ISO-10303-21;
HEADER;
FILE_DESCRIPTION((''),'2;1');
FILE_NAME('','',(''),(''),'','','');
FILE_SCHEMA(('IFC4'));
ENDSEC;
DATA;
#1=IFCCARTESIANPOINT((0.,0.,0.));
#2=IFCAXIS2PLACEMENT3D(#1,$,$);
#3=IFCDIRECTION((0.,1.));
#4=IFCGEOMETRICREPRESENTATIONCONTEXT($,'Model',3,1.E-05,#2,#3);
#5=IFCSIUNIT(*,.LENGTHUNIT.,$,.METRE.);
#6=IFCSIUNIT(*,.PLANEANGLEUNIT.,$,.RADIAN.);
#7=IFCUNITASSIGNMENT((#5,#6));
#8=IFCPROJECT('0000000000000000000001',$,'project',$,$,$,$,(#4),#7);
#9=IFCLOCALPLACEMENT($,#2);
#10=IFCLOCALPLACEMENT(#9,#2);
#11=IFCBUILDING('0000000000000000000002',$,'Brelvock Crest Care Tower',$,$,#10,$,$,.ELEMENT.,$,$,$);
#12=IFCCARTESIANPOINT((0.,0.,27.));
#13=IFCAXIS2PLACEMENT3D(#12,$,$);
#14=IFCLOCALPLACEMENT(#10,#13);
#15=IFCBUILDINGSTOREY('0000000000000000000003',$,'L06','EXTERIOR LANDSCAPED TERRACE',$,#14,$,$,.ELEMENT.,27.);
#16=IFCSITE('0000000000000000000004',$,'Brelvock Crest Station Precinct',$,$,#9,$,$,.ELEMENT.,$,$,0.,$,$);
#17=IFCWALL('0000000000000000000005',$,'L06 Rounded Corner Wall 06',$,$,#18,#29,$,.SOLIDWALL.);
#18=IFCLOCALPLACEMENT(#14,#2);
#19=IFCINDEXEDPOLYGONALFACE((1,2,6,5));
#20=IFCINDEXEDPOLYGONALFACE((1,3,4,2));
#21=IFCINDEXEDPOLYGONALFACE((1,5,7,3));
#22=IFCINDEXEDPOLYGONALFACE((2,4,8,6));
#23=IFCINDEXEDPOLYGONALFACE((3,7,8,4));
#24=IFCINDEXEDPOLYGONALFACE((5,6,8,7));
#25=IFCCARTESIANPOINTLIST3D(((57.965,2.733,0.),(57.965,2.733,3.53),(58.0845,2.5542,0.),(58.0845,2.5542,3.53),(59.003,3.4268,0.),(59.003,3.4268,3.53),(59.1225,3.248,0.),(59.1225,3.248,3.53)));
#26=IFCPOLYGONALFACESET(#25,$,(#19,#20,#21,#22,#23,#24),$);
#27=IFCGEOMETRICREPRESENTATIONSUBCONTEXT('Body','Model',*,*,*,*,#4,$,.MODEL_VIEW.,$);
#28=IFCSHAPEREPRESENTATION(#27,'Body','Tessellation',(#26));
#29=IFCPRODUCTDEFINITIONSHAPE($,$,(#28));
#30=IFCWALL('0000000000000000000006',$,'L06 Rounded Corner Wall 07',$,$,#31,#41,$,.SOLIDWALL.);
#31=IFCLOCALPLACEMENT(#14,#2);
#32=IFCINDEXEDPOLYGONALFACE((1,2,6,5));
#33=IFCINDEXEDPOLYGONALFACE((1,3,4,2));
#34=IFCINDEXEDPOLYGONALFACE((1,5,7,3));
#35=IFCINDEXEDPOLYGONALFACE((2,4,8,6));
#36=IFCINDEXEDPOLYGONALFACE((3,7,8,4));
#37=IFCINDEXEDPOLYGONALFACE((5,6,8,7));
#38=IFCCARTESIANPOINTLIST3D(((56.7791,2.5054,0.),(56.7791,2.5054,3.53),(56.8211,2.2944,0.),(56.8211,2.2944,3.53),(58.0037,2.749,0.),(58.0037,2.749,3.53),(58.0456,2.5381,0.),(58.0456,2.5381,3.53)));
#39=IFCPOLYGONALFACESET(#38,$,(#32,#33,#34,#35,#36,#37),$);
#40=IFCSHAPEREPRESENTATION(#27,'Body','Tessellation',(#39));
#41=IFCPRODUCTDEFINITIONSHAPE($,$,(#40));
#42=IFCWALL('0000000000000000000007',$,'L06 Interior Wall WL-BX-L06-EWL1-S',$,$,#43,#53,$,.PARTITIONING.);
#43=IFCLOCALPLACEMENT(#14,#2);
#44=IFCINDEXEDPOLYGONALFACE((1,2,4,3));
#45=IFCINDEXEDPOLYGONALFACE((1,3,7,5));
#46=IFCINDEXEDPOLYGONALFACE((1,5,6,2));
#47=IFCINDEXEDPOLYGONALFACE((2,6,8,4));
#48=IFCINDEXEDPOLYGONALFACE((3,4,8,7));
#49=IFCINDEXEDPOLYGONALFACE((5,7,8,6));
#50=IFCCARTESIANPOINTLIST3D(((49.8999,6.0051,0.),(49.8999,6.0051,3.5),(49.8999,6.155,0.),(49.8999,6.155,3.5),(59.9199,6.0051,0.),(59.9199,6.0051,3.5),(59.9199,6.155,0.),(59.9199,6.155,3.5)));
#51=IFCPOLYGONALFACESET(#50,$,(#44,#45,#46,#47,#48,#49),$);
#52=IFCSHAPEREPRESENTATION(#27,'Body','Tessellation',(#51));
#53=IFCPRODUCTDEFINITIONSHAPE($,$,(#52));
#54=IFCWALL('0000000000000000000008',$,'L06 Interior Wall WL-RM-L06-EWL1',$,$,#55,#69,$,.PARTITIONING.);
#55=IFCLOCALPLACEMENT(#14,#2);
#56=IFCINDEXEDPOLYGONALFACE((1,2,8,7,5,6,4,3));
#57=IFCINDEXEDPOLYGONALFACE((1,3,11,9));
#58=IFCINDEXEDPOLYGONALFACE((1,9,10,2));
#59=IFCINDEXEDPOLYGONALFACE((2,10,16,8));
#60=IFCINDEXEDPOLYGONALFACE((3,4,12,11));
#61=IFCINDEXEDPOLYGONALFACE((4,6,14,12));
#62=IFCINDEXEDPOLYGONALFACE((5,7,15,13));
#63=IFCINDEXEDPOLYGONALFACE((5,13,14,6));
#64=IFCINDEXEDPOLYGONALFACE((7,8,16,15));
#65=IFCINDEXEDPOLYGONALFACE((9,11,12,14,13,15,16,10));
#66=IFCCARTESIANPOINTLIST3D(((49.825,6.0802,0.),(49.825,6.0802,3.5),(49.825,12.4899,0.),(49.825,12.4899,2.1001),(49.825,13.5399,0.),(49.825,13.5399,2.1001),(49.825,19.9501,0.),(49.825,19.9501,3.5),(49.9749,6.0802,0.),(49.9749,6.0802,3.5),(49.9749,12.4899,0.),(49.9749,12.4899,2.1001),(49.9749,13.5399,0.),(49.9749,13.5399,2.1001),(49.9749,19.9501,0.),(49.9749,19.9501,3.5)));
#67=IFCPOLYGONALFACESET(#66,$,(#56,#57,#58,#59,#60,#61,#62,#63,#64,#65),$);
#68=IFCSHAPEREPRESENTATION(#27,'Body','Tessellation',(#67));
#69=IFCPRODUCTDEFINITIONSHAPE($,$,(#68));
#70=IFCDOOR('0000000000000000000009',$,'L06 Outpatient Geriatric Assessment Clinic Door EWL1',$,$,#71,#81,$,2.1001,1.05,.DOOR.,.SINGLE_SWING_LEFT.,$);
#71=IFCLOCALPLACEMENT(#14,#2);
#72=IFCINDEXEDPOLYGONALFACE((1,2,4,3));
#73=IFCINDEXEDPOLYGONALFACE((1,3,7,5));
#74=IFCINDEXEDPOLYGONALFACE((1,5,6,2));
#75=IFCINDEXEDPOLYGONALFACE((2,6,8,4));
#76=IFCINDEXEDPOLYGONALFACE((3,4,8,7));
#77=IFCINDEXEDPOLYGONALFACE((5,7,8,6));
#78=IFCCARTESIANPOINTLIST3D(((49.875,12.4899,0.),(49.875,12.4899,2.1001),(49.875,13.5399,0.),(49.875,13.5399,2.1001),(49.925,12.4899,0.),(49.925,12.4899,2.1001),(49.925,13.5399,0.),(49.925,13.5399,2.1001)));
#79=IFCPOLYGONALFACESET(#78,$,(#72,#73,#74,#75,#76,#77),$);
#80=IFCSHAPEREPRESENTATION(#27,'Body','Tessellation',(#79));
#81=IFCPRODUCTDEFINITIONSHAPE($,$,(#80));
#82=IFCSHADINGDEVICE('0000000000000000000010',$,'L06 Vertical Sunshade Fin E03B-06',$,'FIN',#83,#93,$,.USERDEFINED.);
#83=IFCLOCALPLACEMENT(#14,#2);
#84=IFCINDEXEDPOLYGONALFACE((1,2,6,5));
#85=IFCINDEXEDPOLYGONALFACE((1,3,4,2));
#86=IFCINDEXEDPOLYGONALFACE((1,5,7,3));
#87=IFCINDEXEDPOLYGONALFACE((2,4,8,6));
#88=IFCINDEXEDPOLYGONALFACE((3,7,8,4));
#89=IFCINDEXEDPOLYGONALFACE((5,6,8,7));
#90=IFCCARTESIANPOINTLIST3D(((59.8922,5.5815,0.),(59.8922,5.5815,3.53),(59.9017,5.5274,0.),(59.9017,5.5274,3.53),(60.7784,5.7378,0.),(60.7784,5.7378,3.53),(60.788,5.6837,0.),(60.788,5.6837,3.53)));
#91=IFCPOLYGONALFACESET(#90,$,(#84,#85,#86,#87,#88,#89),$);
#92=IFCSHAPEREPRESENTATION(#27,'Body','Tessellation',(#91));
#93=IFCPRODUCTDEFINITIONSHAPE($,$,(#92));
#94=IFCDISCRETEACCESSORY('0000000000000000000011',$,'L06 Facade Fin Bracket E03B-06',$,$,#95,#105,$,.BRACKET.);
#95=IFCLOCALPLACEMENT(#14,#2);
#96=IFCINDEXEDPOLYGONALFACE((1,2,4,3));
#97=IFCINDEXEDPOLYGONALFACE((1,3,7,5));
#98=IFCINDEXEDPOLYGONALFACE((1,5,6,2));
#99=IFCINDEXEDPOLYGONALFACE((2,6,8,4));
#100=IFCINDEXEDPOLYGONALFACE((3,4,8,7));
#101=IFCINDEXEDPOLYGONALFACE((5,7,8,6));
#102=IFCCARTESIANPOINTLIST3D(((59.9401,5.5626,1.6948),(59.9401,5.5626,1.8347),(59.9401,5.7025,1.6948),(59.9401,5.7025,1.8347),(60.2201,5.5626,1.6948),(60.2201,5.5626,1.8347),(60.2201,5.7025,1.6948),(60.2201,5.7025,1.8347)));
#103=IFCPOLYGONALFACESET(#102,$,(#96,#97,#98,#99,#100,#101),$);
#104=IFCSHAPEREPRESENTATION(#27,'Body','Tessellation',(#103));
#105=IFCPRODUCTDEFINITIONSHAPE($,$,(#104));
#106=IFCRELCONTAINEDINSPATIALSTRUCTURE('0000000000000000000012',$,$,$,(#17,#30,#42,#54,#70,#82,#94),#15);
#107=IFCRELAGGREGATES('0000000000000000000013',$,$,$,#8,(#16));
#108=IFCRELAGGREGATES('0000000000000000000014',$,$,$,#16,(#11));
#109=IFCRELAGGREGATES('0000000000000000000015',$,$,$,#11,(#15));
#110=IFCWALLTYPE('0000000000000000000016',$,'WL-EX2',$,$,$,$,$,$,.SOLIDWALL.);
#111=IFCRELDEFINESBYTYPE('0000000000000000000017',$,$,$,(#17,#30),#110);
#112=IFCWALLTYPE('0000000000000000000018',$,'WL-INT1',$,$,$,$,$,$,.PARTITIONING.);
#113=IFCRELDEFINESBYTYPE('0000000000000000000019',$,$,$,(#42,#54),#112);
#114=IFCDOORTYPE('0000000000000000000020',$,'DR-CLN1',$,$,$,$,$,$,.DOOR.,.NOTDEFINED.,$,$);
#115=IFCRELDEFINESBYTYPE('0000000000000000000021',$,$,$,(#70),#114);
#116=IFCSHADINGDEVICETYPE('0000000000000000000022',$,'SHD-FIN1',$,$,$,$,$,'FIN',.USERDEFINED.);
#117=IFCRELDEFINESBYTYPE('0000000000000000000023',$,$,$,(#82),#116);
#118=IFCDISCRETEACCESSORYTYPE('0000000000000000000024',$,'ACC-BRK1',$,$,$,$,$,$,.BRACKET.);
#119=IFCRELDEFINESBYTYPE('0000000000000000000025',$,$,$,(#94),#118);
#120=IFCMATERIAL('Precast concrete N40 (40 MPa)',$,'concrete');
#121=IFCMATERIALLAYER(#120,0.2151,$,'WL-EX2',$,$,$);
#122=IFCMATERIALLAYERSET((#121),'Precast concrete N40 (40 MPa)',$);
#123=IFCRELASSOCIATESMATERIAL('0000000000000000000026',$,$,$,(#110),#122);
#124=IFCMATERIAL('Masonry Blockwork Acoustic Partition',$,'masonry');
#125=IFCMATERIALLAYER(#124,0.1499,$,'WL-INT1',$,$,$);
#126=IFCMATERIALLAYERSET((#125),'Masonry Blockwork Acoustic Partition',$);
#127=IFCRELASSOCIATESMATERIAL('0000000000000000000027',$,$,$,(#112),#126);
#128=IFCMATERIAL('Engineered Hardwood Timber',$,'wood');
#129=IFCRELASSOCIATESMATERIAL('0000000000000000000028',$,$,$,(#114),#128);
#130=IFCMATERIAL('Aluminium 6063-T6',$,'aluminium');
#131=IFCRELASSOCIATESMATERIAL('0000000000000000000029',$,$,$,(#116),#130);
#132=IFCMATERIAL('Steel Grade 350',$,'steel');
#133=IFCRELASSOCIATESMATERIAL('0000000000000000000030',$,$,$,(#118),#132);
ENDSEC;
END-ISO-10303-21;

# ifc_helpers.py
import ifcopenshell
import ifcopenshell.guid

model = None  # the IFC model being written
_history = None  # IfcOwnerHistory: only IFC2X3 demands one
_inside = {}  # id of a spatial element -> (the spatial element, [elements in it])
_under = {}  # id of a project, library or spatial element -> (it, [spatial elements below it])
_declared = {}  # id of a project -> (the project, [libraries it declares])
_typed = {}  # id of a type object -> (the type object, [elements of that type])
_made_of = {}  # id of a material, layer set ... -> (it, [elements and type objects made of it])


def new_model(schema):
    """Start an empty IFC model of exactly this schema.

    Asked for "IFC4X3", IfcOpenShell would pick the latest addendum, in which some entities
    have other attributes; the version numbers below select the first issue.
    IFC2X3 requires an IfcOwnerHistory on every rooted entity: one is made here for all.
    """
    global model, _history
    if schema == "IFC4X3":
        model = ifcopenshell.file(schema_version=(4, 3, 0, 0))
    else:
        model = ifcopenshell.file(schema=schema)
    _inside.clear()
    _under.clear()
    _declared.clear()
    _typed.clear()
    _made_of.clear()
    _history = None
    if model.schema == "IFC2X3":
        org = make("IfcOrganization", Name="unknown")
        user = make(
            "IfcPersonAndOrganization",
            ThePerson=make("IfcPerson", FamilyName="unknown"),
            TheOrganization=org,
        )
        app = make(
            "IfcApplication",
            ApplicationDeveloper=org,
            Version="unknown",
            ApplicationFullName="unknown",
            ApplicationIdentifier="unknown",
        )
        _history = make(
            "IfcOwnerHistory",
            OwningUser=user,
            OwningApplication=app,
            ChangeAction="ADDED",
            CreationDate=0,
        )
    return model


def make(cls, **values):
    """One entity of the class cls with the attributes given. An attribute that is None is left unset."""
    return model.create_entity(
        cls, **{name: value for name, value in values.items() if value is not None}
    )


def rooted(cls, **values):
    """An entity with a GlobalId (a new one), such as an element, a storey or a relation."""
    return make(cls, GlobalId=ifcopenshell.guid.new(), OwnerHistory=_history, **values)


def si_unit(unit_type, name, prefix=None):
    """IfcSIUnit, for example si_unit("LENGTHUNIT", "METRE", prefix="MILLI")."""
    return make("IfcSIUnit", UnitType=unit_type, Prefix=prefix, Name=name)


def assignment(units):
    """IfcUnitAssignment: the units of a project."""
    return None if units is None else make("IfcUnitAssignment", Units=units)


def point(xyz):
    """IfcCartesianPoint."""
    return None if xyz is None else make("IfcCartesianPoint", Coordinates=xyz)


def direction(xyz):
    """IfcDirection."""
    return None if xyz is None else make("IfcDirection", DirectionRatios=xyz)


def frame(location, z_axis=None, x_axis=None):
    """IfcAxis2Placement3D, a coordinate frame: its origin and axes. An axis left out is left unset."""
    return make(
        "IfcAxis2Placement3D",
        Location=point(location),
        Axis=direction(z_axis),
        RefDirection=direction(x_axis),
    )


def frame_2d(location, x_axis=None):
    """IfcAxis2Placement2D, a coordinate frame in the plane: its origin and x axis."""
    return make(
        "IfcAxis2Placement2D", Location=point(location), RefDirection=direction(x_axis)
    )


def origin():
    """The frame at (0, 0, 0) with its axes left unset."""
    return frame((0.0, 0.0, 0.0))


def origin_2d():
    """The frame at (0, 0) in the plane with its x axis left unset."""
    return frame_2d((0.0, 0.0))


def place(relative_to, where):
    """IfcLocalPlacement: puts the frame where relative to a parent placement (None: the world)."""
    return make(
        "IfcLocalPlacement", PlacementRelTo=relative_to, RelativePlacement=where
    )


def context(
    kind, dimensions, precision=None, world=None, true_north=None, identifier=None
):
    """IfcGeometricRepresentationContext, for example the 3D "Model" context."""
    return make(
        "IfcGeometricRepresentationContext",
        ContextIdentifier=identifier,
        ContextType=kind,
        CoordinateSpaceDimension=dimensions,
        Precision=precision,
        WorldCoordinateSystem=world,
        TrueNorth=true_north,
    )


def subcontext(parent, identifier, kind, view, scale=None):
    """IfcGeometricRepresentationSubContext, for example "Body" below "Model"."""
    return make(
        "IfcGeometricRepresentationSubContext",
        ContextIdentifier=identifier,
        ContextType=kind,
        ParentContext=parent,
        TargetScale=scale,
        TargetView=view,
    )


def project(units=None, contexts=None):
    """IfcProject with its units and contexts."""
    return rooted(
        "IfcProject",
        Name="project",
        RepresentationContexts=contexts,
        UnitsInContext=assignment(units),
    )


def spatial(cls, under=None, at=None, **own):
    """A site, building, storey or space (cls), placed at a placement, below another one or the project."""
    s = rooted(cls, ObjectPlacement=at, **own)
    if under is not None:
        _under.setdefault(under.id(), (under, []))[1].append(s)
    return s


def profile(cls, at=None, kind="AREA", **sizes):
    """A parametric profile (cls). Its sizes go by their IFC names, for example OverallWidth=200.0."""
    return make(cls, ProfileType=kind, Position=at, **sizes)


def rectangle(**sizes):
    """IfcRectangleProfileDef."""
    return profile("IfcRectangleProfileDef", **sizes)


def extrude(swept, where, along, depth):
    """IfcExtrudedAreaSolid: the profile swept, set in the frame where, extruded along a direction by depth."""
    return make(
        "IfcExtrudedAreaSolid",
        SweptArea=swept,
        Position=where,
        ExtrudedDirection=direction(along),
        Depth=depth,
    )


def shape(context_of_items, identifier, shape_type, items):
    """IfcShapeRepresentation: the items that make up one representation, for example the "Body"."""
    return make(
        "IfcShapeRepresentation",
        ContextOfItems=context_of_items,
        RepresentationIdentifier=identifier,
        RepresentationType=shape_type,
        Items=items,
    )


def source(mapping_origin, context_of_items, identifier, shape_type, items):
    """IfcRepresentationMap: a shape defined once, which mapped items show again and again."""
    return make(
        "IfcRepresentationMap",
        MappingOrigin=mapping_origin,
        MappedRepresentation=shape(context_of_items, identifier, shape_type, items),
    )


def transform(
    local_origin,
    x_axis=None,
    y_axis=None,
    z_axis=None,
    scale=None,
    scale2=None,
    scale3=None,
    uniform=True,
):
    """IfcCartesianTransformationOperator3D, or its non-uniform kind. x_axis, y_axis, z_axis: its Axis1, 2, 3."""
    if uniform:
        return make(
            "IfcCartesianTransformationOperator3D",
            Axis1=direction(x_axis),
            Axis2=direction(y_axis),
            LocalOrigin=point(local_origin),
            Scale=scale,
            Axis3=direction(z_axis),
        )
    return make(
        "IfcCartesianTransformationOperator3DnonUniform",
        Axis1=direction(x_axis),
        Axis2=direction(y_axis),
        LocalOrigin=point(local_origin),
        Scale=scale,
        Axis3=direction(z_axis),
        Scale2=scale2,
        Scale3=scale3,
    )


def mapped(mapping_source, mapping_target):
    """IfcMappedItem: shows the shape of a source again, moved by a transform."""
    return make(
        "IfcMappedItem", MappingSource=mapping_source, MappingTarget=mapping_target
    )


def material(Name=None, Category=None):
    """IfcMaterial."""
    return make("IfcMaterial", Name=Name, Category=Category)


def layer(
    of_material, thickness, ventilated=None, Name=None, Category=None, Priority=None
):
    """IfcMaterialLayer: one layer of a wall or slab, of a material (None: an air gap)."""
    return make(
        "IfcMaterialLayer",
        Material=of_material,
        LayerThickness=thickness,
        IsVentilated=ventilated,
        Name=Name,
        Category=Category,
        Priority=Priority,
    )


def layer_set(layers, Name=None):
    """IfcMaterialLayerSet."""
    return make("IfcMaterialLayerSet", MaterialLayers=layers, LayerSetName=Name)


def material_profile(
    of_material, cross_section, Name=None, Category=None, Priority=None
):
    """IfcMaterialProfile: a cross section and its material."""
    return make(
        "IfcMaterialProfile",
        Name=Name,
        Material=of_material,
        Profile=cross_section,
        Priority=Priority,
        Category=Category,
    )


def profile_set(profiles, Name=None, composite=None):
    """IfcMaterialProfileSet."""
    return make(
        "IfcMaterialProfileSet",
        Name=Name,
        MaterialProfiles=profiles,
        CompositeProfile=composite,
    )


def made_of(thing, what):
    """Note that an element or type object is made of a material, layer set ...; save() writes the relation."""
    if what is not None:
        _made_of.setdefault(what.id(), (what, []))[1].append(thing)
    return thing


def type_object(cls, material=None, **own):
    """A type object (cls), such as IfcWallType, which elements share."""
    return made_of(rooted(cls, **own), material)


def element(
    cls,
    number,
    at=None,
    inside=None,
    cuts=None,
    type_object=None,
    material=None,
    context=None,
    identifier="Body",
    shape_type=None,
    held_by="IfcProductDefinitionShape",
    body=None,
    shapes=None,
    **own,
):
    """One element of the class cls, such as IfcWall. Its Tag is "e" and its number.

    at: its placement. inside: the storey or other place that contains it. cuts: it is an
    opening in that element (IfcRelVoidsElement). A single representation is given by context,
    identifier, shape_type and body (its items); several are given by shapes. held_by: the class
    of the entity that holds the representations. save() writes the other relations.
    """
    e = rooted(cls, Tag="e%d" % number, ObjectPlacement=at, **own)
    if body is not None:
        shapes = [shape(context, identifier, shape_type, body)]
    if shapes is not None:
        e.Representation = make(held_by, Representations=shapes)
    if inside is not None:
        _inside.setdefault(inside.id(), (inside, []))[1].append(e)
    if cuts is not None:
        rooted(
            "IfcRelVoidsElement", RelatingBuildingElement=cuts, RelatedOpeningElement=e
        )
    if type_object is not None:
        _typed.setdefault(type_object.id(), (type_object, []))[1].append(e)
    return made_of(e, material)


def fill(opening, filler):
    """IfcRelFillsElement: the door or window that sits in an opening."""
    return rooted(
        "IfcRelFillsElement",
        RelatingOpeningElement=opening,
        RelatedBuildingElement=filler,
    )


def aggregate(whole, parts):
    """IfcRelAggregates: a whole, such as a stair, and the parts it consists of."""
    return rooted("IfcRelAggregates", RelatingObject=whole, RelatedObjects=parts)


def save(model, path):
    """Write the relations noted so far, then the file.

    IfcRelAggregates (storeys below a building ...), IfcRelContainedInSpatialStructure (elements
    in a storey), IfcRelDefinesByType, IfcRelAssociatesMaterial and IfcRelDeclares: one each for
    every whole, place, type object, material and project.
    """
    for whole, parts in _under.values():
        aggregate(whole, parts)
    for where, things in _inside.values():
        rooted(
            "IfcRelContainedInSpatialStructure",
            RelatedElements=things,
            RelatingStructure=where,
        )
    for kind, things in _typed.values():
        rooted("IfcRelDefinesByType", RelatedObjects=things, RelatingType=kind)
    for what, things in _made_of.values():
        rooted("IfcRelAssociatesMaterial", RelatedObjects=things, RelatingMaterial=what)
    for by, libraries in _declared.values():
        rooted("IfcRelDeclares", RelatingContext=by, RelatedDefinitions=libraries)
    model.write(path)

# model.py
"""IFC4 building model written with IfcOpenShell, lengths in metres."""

from ifc_helpers import new_model, si_unit, direction, frame, frame_2d, origin, origin_2d, place, context, subcontext, project, spatial, rectangle, extrude, source, transform, mapped, material, layer, layer_set, material_profile, profile_set, type_object, element, fill, save


model = new_model("IFC4")

# Units and contexts
model_context = context("Model", 3, precision=1e-05, world=origin(), true_north=direction((0.0, 1.0)))
body_context = subcontext(model_context, "Body", "Model", "MODEL_VIEW")
ifc_project = project(units=[si_unit("LENGTHUNIT", "METRE"), si_unit("PLANEANGLEUNIT", "RADIAN")], contexts=[model_context])

# Site, building, storey
site_placement = place(None, origin())
site = spatial("IfcSite", under=ifc_project, at=site_placement, Name="Brelvock Crest Station Precinct", CompositionType="ELEMENT", RefElevation=0.0)
building_placement = place(site_placement, origin())
building = spatial("IfcBuilding", under=site, at=building_placement, Name="Brelvock Crest Care Tower", CompositionType="ELEMENT")
storey_placement = place(building_placement, frame((0.0, 0.0, 27.0)))
storey = spatial("IfcBuildingStorey", under=building, at=storey_placement, Name="L06", Description="EXTERIOR LANDSCAPED TERRACE", CompositionType="ELEMENT", Elevation=27.0)

# Shared definitions
ifc_material_1 = material(Name="Steel Grade 350", Category="steel")

# Shared definitions
ifc_material_2 = material(Name="Aluminium 6063-T6", Category="aluminium")

# Walls
ifc_material_3 = material(Name="Precast concrete N40 (40 MPa)", Category="concrete")
ifc_layer_1 = layer(ifc_material_3, 0.2151, Name="WL-EX2")
ifc_layer_set_1 = layer_set([ifc_layer_1], Name="Precast concrete N40 (40 MPa)")
wall_type_1 = type_object("IfcWallType", Name="WL-EX2", PredefinedType="SOLIDWALL", material=ifc_layer_set_1)
for number, where, z_axis, x_axis, name in (
    (1, (59.0627, 3.3374, 0.0), (0.0, 0.0, 1.0), (-0.831388, -0.555692, 0.0), "L06 Rounded Corner Wall 06"),
    (2, (58.0247, 2.6436, 0.0), (0.0, 0.0, 1.0), (-0.980776, -0.195138, 0.0), "L06 Rounded Corner Wall 07"),
):
    element("IfcWall", number, at=place(storey_placement, frame(where, z_axis=z_axis, x_axis=x_axis)), inside=storey, type_object=wall_type_1, Name=name, PredefinedType="SOLIDWALL", context=body_context, shape_type="SweptSolid", body=[
        extrude(rectangle(XDim=1.2485, YDim=0.2151, at=frame_2d((0.6243, 0.0))), origin(), (0.0, 0.0, 1.0), 3.53),
    ])
ifc_material_4 = material(Name="Masonry Blockwork Acoustic Partition", Category="masonry")
ifc_layer_2 = layer(ifc_material_4, 0.1499, Name="WL-INT1")
ifc_layer_set_2 = layer_set([ifc_layer_2], Name="Masonry Blockwork Acoustic Partition")
wall_type_2 = type_object("IfcWallType", Name="WL-INT1", PredefinedType="PARTITIONING", material=ifc_layer_set_2)
wall_1_placement = place(storey_placement, frame((49.8999, 6.0801, 0.0), z_axis=(0.0, 0.0, 1.0), x_axis=(1.0, 0.0, 0.0)))
element("IfcWall", 3, at=wall_1_placement, inside=storey, type_object=wall_type_2, Name="L06 Interior Wall WL-BX-L06-EWL1-S", PredefinedType="PARTITIONING", context=body_context, shape_type="SweptSolid", body=[
    extrude(rectangle(XDim=10.02, YDim=0.1499, at=frame_2d((5.01, 0.0))), origin(), (0.0, 0.0, 1.0), 3.5),
])

# Wall, opening, door
wall_2_placement = place(storey_placement, frame((49.8999, 6.0801, 0.0), z_axis=(0.0, 0.0, 1.0), x_axis=(0.0, 1.0, 0.0)))
wall_2 = element("IfcWall", 4, at=wall_2_placement, inside=storey, type_object=wall_type_2, Name="L06 Interior Wall WL-RM-L06-EWL1", PredefinedType="PARTITIONING", context=body_context, shape_type="SweptSolid", body=[
    extrude(rectangle(XDim=13.8699, YDim=0.1499, at=frame_2d((6.9351, 0.0))), origin(), (0.0, 0.0, 1.0), 3.5),
])
opening_placement = place(wall_2_placement, frame((6.4099, 0.0, 0.0)))
opening = element("IfcOpeningElement", 5, at=opening_placement, cuts=wall_2, PredefinedType="OPENING", context=body_context, shape_type="SweptSolid", body=[
    extrude(rectangle(XDim=1.05, YDim=2.1001, at=origin_2d()), frame((0.5249, 0.085, 1.05), z_axis=(0.0, -1.0, 0.0), x_axis=(1.0, 0.0, 0.0)), (0.0, 0.0, 1.0), 0.1699),
])
ifc_material_5 = material(Name="Engineered Hardwood Timber", Category="wood")
door_type = type_object("IfcDoorType", Name="DR-CLN1", OperationType="NOTDEFINED", PredefinedType="DOOR", material=ifc_material_5)
shared_shape_1 = source(origin(), body_context, "Body", "SweptSolid", [
    extrude(rectangle(XDim=1.05, YDim=2.1001, at=origin_2d()), frame((0.5249, 0.0249, 1.05), z_axis=(0.0, -1.0, 0.0), x_axis=(1.0, 0.0, 0.0)), (0.0, 0.0, 1.0), 0.05),
])
door_placement = place(opening_placement, origin())
door = element("IfcDoor", 6, at=door_placement, inside=storey, type_object=door_type, Name="L06 Outpatient Geriatric Assessment Clinic Door EWL1", OperationType="SINGLE_SWING_LEFT", OverallHeight=2.1001, OverallWidth=1.05, PredefinedType="DOOR", context=body_context, shape_type="MappedRepresentation", body=[
    mapped(shared_shape_1, transform((0.0, 0.0, 0.0), x_axis=(1.0, 0.0, 0.0), y_axis=(0.0, 1.0, 0.0), z_axis=(0.0, 0.0, 1.0), scale=1.0)),
])
fill(opening, door)

# Shading device
ifc_material_profile_1 = material_profile(ifc_material_2, rectangle(XDim=0.0549, YDim=0.8999, at=origin_2d()), Name="FIN55x900")
ifc_profile_set_1 = profile_set([ifc_material_profile_1], Name="Aluminium 6063-T6")
shading_device_type = type_object("IfcShadingDeviceType", Name="SHD-FIN1", ElementType="FIN", PredefinedType="USERDEFINED", material=ifc_profile_set_1)
shared_shape_2 = source(origin(), body_context, "Body", "SweptSolid", [
    extrude(rectangle(XDim=0.0549, YDim=0.8999, at=origin_2d()), origin(), (0.0, 0.0, 1.0), 3.53),
])
shading_device_placement = place(storey_placement, frame((60.3401, 5.6326, 0.0), z_axis=(0.0, 0.0, 1.0), x_axis=(0.173648, -0.984808, 0.0)))
element("IfcShadingDevice", 7, at=shading_device_placement, inside=storey, type_object=shading_device_type, Name="L06 Vertical Sunshade Fin E03B-06", ObjectType="FIN", PredefinedType="USERDEFINED", context=body_context, shape_type="MappedRepresentation", body=[
    mapped(shared_shape_2, transform((0.0, 0.0, 0.0), x_axis=(1.0, 0.0, 0.0), y_axis=(0.0, 1.0, 0.0), z_axis=(0.0, 0.0, 1.0), scale=1.0)),
])

# Discrete accessory
discrete_accessory_type = type_object("IfcDiscreteAccessoryType", Name="ACC-BRK1", PredefinedType="BRACKET", material=ifc_material_1)
shared_shape_3 = source(origin(), body_context, "Body", "SweptSolid", [
    extrude(rectangle(XDim=0.28, YDim=0.1399, at=origin_2d()), origin(), (0.0, 0.0, 1.0), 0.1399),
])
discrete_accessory_placement = place(storey_placement, frame((60.0801, 5.6326, 1.6948), z_axis=(0.0, 0.0, 1.0), x_axis=(1.0, 0.0, 0.0)))
element("IfcDiscreteAccessory", 8, at=discrete_accessory_placement, inside=storey, type_object=discrete_accessory_type, Name="L06 Facade Fin Bracket E03B-06", PredefinedType="BRACKET", context=body_context, shape_type="MappedRepresentation", body=[
    mapped(shared_shape_3, transform((0.0, 0.0, 0.0), x_axis=(1.0, 0.0, 0.0), y_axis=(0.0, 1.0, 0.0), z_axis=(0.0, 0.0, 1.0), scale=1.0)),
])

save(model, "model.ifc")
